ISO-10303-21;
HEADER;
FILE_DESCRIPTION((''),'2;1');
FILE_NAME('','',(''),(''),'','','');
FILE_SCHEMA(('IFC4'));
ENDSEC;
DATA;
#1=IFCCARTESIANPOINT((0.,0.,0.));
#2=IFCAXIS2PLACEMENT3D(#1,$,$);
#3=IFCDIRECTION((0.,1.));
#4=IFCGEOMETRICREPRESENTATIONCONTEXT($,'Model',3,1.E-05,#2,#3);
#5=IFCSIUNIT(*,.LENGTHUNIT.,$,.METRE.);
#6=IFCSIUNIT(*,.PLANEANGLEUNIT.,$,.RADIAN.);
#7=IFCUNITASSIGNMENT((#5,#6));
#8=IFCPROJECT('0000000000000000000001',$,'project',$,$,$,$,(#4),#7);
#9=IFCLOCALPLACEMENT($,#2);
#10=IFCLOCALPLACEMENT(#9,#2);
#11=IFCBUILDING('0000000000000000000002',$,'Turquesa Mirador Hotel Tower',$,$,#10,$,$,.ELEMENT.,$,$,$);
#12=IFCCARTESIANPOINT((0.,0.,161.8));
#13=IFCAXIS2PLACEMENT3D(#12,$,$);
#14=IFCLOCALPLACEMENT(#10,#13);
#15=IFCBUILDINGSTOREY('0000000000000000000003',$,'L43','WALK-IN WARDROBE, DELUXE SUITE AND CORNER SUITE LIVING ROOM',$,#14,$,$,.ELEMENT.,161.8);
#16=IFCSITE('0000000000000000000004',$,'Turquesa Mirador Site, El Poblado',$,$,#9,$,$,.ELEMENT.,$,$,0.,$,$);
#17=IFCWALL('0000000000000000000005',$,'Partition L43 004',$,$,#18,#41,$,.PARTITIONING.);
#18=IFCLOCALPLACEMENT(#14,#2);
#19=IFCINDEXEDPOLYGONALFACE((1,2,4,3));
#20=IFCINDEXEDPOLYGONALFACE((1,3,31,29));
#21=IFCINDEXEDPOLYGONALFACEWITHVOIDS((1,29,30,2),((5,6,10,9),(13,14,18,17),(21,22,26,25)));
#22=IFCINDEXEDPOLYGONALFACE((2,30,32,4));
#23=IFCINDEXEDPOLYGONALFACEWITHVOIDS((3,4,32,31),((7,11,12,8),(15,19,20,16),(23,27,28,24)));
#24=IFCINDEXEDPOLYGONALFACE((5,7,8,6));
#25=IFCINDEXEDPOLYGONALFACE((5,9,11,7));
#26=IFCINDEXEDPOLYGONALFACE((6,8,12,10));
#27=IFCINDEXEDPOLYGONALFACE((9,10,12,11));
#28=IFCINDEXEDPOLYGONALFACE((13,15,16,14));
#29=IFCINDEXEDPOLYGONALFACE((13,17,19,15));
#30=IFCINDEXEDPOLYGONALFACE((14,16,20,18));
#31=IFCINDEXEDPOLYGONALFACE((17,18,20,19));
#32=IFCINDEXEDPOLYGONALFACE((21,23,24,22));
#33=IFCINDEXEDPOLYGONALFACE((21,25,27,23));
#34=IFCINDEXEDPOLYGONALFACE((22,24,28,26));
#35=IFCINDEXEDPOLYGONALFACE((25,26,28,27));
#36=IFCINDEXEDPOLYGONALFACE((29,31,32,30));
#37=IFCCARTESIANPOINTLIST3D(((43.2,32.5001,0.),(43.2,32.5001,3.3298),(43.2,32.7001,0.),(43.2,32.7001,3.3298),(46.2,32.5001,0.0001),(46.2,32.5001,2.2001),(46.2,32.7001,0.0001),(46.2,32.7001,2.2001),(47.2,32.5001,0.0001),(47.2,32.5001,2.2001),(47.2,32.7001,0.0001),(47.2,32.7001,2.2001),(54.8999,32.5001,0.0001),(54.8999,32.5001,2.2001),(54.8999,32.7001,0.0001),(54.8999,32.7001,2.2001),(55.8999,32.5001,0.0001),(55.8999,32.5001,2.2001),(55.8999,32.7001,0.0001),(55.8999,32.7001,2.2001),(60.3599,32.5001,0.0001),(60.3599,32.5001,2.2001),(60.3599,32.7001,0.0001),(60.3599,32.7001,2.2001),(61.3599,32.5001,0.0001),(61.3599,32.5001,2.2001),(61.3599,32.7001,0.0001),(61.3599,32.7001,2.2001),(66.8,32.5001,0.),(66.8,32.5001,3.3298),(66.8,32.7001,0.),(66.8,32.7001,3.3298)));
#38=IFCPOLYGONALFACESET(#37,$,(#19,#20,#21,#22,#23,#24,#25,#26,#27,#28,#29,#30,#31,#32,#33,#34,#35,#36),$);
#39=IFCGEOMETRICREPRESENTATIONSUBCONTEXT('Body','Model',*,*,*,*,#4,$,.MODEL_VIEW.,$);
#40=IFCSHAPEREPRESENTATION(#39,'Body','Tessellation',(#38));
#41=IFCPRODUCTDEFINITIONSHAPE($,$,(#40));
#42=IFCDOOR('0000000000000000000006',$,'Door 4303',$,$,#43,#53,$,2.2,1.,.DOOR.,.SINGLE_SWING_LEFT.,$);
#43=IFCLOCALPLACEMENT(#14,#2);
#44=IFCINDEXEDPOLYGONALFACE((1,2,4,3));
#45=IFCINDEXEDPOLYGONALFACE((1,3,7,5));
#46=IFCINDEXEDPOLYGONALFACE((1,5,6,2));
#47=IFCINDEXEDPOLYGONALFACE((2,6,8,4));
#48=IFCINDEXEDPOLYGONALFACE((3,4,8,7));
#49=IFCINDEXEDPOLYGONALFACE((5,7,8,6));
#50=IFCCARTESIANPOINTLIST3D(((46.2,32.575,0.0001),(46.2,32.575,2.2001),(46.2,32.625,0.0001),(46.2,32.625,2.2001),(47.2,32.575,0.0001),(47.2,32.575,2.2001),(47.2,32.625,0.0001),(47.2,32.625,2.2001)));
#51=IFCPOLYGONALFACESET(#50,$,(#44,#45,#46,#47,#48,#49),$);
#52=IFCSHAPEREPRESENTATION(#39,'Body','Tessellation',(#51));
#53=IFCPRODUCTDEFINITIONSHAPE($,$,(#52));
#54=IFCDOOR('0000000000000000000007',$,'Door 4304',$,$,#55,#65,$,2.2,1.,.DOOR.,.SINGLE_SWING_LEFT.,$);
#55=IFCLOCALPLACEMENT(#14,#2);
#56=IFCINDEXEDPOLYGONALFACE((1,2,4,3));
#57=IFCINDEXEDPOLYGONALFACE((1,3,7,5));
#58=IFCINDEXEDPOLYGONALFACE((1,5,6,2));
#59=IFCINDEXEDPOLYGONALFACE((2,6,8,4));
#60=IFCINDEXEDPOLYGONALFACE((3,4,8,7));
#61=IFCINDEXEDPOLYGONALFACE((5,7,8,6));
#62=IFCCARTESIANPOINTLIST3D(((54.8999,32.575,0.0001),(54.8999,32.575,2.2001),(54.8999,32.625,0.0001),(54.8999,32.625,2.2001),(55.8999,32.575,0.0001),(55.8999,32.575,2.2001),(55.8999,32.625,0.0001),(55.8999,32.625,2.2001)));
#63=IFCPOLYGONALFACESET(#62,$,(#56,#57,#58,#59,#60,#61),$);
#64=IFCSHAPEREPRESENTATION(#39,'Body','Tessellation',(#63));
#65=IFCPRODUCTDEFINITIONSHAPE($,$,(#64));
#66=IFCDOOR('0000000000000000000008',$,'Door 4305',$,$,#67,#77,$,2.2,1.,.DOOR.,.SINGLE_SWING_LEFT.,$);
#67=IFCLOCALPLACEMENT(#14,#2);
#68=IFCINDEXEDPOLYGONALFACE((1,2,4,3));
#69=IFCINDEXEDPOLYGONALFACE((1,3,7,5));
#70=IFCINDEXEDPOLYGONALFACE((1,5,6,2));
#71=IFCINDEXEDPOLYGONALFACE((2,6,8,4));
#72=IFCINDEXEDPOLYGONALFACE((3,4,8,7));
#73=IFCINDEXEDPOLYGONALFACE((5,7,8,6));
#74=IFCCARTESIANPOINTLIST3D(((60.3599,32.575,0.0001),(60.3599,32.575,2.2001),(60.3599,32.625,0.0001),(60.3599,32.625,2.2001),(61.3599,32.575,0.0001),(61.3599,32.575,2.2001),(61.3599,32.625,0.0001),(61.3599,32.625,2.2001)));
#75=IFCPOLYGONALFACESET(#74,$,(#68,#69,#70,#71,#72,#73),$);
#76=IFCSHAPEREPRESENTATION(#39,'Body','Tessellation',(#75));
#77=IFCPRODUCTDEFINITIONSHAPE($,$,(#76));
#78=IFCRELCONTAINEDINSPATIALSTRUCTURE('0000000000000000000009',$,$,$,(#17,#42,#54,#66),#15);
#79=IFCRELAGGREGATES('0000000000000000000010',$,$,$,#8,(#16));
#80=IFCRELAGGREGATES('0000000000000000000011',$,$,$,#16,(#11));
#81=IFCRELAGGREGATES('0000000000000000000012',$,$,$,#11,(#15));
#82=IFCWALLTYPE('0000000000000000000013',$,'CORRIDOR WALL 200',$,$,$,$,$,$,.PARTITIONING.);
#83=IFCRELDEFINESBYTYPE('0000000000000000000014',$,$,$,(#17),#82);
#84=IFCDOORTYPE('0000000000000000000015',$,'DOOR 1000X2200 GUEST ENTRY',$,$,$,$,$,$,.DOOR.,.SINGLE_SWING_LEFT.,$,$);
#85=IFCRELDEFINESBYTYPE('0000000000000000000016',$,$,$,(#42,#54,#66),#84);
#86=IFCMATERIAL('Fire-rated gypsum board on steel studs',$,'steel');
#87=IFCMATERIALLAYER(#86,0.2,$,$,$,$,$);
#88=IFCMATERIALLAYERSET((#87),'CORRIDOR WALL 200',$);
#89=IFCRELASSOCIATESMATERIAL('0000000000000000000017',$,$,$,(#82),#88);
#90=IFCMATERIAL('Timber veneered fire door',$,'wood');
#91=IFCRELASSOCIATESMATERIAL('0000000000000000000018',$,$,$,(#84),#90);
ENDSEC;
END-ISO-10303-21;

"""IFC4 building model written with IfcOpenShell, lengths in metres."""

from ifc_helpers import new_model, si_unit, direction, frame, frame_2d, origin, place, context, subcontext, project, spatial, rectangle, extrude, material, layer, layer_set, type_object, element, fill, save


model = new_model("IFC4")

# Units and contexts
model_context = context("Model", 3, precision=1e-05, world=origin(), true_north=direction((0.0, 1.0)))
body_context = subcontext(model_context, "Body", "Model", "MODEL_VIEW")
ifc_project = project(units=[si_unit("LENGTHUNIT", "METRE"), si_unit("PLANEANGLEUNIT", "RADIAN")], contexts=[model_context])

# Site, building, storey
site_placement = place(None, origin())
site = spatial("IfcSite", under=ifc_project, at=site_placement, Name="Turquesa Mirador Site, El Poblado", CompositionType="ELEMENT", RefElevation=0.0)
building_placement = place(site_placement, origin())
building = spatial("IfcBuilding", under=site, at=building_placement, Name="Turquesa Mirador Hotel Tower", CompositionType="ELEMENT")
storey_placement = place(building_placement, frame((0.0, 0.0, 161.8)))
storey = spatial("IfcBuildingStorey", under=building, at=storey_placement, Name="L43", Description="WALK-IN WARDROBE, DELUXE SUITE AND CORNER SUITE LIVING ROOM", CompositionType="ELEMENT", Elevation=161.8)

# Wall, openings, doors
ifc_material_1 = material(Name="Fire-rated gypsum board on steel studs", Category="steel")
ifc_layer_1 = layer(ifc_material_1, 0.2)
ifc_layer_set_1 = layer_set([ifc_layer_1], Name="CORRIDOR WALL 200")
wall_type_1 = type_object("IfcWallType", Name="CORRIDOR WALL 200", PredefinedType="PARTITIONING", material=ifc_layer_set_1)
wall_1_placement = place(storey_placement, frame((43.2, 32.6001, 0.0), z_axis=(0.0, 0.0, 1.0), x_axis=(1.0, 0.0, 0.0)))
wall_1 = element("IfcWall", 1, at=wall_1_placement, inside=storey, type_object=wall_type_1, Name="Partition L43 004", PredefinedType="PARTITIONING", context=body_context, shape_type="SweptSolid", body=[
    extrude(rectangle(XDim=23.6001, YDim=0.2, at=frame_2d((11.8, 0.0))), origin(), (0.0, 0.0, 1.0), 3.3298),
])
opening_1_placement = place(wall_1_placement, frame((3.0, 0.0, 0.0)))
opening_1 = element("IfcOpeningElement", 2, at=opening_1_placement, cuts=wall_1, PredefinedType="OPENING", context=body_context, shape_type="SweptSolid", body=[
    extrude(rectangle(XDim=1.0, YDim=2.2, at=frame_2d((0.5, 1.1001))), frame((0.0, 0.1099, 0.0), z_axis=(0.0, -1.0, 0.0), x_axis=(1.0, 0.0, 0.0)), (0.0, 0.0, 1.0), 0.22),
])
opening_2_placement = place(wall_1_placement, frame((11.7, 0.0, 0.0)))
opening_2 = element("IfcOpeningElement", 3, at=opening_2_placement, cuts=wall_1, PredefinedType="OPENING", context=body_context, shape_type="SweptSolid", body=[
    extrude(rectangle(XDim=1.0, YDim=2.2, at=frame_2d((0.5, 1.1001))), frame((0.0, 0.1099, 0.0), z_axis=(0.0, -1.0, 0.0), x_axis=(1.0, 0.0, 0.0)), (0.0, 0.0, 1.0), 0.22),
])
opening_3_placement = place(wall_1_placement, frame((17.1599, 0.0, 0.0)))
opening_3 = element("IfcOpeningElement", 4, at=opening_3_placement, cuts=wall_1, PredefinedType="OPENING", context=body_context, shape_type="SweptSolid", body=[
    extrude(rectangle(XDim=1.0, YDim=2.2, at=frame_2d((0.5, 1.1001))), frame((0.0, 0.1099, 0.0), z_axis=(0.0, -1.0, 0.0), x_axis=(1.0, 0.0, 0.0)), (0.0, 0.0, 1.0), 0.22),
])
ifc_material_2 = material(Name="Timber veneered fire door", Category="wood")
door_type_1 = type_object("IfcDoorType", Name="DOOR 1000X2200 GUEST ENTRY", OperationType="SINGLE_SWING_LEFT", PredefinedType="DOOR", material=ifc_material_2)
door_1_placement = place(opening_1_placement, origin())
door_1 = element("IfcDoor", 5, at=door_1_placement, inside=storey, type_object=door_type_1, Name="Door 4303", OperationType="SINGLE_SWING_LEFT", OverallHeight=2.2, OverallWidth=1.0, PredefinedType="DOOR", context=body_context, shape_type="SweptSolid", body=[
    extrude(rectangle(XDim=1.0, YDim=2.2, at=frame_2d((0.5, 1.1001))), frame((0.0, 0.0249, 0.0), z_axis=(0.0, -1.0, 0.0), x_axis=(1.0, 0.0, 0.0)), (0.0, 0.0, 1.0), 0.05),
])
fill(opening_1, door_1)
door_2_placement = place(opening_2_placement, origin())
door_2 = element("IfcDoor", 6, at=door_2_placement, inside=storey, type_object=door_type_1, Name="Door 4304", OperationType="SINGLE_SWING_LEFT", OverallHeight=2.2, OverallWidth=1.0, PredefinedType="DOOR", context=body_context, shape_type="SweptSolid", body=[
    extrude(rectangle(XDim=1.0, YDim=2.2, at=frame_2d((0.5, 1.1001))), frame((0.0, 0.0249, 0.0), z_axis=(0.0, -1.0, 0.0), x_axis=(1.0, 0.0, 0.0)), (0.0, 0.0, 1.0), 0.05),
])
fill(opening_2, door_2)
door_3_placement = place(opening_3_placement, origin())
door_3 = element("IfcDoor", 7, at=door_3_placement, inside=storey, type_object=door_type_1, Name="Door 4305", OperationType="SINGLE_SWING_LEFT", OverallHeight=2.2, OverallWidth=1.0, PredefinedType="DOOR", context=body_context, shape_type="SweptSolid", body=[
    extrude(rectangle(XDim=1.0, YDim=2.2, at=frame_2d((0.5, 1.1001))), frame((0.0, 0.0249, 0.0), z_axis=(0.0, -1.0, 0.0), x_axis=(1.0, 0.0, 0.0)), (0.0, 0.0, 1.0), 0.05),
])
fill(opening_3, door_3)

save(model, "model.ifc")
